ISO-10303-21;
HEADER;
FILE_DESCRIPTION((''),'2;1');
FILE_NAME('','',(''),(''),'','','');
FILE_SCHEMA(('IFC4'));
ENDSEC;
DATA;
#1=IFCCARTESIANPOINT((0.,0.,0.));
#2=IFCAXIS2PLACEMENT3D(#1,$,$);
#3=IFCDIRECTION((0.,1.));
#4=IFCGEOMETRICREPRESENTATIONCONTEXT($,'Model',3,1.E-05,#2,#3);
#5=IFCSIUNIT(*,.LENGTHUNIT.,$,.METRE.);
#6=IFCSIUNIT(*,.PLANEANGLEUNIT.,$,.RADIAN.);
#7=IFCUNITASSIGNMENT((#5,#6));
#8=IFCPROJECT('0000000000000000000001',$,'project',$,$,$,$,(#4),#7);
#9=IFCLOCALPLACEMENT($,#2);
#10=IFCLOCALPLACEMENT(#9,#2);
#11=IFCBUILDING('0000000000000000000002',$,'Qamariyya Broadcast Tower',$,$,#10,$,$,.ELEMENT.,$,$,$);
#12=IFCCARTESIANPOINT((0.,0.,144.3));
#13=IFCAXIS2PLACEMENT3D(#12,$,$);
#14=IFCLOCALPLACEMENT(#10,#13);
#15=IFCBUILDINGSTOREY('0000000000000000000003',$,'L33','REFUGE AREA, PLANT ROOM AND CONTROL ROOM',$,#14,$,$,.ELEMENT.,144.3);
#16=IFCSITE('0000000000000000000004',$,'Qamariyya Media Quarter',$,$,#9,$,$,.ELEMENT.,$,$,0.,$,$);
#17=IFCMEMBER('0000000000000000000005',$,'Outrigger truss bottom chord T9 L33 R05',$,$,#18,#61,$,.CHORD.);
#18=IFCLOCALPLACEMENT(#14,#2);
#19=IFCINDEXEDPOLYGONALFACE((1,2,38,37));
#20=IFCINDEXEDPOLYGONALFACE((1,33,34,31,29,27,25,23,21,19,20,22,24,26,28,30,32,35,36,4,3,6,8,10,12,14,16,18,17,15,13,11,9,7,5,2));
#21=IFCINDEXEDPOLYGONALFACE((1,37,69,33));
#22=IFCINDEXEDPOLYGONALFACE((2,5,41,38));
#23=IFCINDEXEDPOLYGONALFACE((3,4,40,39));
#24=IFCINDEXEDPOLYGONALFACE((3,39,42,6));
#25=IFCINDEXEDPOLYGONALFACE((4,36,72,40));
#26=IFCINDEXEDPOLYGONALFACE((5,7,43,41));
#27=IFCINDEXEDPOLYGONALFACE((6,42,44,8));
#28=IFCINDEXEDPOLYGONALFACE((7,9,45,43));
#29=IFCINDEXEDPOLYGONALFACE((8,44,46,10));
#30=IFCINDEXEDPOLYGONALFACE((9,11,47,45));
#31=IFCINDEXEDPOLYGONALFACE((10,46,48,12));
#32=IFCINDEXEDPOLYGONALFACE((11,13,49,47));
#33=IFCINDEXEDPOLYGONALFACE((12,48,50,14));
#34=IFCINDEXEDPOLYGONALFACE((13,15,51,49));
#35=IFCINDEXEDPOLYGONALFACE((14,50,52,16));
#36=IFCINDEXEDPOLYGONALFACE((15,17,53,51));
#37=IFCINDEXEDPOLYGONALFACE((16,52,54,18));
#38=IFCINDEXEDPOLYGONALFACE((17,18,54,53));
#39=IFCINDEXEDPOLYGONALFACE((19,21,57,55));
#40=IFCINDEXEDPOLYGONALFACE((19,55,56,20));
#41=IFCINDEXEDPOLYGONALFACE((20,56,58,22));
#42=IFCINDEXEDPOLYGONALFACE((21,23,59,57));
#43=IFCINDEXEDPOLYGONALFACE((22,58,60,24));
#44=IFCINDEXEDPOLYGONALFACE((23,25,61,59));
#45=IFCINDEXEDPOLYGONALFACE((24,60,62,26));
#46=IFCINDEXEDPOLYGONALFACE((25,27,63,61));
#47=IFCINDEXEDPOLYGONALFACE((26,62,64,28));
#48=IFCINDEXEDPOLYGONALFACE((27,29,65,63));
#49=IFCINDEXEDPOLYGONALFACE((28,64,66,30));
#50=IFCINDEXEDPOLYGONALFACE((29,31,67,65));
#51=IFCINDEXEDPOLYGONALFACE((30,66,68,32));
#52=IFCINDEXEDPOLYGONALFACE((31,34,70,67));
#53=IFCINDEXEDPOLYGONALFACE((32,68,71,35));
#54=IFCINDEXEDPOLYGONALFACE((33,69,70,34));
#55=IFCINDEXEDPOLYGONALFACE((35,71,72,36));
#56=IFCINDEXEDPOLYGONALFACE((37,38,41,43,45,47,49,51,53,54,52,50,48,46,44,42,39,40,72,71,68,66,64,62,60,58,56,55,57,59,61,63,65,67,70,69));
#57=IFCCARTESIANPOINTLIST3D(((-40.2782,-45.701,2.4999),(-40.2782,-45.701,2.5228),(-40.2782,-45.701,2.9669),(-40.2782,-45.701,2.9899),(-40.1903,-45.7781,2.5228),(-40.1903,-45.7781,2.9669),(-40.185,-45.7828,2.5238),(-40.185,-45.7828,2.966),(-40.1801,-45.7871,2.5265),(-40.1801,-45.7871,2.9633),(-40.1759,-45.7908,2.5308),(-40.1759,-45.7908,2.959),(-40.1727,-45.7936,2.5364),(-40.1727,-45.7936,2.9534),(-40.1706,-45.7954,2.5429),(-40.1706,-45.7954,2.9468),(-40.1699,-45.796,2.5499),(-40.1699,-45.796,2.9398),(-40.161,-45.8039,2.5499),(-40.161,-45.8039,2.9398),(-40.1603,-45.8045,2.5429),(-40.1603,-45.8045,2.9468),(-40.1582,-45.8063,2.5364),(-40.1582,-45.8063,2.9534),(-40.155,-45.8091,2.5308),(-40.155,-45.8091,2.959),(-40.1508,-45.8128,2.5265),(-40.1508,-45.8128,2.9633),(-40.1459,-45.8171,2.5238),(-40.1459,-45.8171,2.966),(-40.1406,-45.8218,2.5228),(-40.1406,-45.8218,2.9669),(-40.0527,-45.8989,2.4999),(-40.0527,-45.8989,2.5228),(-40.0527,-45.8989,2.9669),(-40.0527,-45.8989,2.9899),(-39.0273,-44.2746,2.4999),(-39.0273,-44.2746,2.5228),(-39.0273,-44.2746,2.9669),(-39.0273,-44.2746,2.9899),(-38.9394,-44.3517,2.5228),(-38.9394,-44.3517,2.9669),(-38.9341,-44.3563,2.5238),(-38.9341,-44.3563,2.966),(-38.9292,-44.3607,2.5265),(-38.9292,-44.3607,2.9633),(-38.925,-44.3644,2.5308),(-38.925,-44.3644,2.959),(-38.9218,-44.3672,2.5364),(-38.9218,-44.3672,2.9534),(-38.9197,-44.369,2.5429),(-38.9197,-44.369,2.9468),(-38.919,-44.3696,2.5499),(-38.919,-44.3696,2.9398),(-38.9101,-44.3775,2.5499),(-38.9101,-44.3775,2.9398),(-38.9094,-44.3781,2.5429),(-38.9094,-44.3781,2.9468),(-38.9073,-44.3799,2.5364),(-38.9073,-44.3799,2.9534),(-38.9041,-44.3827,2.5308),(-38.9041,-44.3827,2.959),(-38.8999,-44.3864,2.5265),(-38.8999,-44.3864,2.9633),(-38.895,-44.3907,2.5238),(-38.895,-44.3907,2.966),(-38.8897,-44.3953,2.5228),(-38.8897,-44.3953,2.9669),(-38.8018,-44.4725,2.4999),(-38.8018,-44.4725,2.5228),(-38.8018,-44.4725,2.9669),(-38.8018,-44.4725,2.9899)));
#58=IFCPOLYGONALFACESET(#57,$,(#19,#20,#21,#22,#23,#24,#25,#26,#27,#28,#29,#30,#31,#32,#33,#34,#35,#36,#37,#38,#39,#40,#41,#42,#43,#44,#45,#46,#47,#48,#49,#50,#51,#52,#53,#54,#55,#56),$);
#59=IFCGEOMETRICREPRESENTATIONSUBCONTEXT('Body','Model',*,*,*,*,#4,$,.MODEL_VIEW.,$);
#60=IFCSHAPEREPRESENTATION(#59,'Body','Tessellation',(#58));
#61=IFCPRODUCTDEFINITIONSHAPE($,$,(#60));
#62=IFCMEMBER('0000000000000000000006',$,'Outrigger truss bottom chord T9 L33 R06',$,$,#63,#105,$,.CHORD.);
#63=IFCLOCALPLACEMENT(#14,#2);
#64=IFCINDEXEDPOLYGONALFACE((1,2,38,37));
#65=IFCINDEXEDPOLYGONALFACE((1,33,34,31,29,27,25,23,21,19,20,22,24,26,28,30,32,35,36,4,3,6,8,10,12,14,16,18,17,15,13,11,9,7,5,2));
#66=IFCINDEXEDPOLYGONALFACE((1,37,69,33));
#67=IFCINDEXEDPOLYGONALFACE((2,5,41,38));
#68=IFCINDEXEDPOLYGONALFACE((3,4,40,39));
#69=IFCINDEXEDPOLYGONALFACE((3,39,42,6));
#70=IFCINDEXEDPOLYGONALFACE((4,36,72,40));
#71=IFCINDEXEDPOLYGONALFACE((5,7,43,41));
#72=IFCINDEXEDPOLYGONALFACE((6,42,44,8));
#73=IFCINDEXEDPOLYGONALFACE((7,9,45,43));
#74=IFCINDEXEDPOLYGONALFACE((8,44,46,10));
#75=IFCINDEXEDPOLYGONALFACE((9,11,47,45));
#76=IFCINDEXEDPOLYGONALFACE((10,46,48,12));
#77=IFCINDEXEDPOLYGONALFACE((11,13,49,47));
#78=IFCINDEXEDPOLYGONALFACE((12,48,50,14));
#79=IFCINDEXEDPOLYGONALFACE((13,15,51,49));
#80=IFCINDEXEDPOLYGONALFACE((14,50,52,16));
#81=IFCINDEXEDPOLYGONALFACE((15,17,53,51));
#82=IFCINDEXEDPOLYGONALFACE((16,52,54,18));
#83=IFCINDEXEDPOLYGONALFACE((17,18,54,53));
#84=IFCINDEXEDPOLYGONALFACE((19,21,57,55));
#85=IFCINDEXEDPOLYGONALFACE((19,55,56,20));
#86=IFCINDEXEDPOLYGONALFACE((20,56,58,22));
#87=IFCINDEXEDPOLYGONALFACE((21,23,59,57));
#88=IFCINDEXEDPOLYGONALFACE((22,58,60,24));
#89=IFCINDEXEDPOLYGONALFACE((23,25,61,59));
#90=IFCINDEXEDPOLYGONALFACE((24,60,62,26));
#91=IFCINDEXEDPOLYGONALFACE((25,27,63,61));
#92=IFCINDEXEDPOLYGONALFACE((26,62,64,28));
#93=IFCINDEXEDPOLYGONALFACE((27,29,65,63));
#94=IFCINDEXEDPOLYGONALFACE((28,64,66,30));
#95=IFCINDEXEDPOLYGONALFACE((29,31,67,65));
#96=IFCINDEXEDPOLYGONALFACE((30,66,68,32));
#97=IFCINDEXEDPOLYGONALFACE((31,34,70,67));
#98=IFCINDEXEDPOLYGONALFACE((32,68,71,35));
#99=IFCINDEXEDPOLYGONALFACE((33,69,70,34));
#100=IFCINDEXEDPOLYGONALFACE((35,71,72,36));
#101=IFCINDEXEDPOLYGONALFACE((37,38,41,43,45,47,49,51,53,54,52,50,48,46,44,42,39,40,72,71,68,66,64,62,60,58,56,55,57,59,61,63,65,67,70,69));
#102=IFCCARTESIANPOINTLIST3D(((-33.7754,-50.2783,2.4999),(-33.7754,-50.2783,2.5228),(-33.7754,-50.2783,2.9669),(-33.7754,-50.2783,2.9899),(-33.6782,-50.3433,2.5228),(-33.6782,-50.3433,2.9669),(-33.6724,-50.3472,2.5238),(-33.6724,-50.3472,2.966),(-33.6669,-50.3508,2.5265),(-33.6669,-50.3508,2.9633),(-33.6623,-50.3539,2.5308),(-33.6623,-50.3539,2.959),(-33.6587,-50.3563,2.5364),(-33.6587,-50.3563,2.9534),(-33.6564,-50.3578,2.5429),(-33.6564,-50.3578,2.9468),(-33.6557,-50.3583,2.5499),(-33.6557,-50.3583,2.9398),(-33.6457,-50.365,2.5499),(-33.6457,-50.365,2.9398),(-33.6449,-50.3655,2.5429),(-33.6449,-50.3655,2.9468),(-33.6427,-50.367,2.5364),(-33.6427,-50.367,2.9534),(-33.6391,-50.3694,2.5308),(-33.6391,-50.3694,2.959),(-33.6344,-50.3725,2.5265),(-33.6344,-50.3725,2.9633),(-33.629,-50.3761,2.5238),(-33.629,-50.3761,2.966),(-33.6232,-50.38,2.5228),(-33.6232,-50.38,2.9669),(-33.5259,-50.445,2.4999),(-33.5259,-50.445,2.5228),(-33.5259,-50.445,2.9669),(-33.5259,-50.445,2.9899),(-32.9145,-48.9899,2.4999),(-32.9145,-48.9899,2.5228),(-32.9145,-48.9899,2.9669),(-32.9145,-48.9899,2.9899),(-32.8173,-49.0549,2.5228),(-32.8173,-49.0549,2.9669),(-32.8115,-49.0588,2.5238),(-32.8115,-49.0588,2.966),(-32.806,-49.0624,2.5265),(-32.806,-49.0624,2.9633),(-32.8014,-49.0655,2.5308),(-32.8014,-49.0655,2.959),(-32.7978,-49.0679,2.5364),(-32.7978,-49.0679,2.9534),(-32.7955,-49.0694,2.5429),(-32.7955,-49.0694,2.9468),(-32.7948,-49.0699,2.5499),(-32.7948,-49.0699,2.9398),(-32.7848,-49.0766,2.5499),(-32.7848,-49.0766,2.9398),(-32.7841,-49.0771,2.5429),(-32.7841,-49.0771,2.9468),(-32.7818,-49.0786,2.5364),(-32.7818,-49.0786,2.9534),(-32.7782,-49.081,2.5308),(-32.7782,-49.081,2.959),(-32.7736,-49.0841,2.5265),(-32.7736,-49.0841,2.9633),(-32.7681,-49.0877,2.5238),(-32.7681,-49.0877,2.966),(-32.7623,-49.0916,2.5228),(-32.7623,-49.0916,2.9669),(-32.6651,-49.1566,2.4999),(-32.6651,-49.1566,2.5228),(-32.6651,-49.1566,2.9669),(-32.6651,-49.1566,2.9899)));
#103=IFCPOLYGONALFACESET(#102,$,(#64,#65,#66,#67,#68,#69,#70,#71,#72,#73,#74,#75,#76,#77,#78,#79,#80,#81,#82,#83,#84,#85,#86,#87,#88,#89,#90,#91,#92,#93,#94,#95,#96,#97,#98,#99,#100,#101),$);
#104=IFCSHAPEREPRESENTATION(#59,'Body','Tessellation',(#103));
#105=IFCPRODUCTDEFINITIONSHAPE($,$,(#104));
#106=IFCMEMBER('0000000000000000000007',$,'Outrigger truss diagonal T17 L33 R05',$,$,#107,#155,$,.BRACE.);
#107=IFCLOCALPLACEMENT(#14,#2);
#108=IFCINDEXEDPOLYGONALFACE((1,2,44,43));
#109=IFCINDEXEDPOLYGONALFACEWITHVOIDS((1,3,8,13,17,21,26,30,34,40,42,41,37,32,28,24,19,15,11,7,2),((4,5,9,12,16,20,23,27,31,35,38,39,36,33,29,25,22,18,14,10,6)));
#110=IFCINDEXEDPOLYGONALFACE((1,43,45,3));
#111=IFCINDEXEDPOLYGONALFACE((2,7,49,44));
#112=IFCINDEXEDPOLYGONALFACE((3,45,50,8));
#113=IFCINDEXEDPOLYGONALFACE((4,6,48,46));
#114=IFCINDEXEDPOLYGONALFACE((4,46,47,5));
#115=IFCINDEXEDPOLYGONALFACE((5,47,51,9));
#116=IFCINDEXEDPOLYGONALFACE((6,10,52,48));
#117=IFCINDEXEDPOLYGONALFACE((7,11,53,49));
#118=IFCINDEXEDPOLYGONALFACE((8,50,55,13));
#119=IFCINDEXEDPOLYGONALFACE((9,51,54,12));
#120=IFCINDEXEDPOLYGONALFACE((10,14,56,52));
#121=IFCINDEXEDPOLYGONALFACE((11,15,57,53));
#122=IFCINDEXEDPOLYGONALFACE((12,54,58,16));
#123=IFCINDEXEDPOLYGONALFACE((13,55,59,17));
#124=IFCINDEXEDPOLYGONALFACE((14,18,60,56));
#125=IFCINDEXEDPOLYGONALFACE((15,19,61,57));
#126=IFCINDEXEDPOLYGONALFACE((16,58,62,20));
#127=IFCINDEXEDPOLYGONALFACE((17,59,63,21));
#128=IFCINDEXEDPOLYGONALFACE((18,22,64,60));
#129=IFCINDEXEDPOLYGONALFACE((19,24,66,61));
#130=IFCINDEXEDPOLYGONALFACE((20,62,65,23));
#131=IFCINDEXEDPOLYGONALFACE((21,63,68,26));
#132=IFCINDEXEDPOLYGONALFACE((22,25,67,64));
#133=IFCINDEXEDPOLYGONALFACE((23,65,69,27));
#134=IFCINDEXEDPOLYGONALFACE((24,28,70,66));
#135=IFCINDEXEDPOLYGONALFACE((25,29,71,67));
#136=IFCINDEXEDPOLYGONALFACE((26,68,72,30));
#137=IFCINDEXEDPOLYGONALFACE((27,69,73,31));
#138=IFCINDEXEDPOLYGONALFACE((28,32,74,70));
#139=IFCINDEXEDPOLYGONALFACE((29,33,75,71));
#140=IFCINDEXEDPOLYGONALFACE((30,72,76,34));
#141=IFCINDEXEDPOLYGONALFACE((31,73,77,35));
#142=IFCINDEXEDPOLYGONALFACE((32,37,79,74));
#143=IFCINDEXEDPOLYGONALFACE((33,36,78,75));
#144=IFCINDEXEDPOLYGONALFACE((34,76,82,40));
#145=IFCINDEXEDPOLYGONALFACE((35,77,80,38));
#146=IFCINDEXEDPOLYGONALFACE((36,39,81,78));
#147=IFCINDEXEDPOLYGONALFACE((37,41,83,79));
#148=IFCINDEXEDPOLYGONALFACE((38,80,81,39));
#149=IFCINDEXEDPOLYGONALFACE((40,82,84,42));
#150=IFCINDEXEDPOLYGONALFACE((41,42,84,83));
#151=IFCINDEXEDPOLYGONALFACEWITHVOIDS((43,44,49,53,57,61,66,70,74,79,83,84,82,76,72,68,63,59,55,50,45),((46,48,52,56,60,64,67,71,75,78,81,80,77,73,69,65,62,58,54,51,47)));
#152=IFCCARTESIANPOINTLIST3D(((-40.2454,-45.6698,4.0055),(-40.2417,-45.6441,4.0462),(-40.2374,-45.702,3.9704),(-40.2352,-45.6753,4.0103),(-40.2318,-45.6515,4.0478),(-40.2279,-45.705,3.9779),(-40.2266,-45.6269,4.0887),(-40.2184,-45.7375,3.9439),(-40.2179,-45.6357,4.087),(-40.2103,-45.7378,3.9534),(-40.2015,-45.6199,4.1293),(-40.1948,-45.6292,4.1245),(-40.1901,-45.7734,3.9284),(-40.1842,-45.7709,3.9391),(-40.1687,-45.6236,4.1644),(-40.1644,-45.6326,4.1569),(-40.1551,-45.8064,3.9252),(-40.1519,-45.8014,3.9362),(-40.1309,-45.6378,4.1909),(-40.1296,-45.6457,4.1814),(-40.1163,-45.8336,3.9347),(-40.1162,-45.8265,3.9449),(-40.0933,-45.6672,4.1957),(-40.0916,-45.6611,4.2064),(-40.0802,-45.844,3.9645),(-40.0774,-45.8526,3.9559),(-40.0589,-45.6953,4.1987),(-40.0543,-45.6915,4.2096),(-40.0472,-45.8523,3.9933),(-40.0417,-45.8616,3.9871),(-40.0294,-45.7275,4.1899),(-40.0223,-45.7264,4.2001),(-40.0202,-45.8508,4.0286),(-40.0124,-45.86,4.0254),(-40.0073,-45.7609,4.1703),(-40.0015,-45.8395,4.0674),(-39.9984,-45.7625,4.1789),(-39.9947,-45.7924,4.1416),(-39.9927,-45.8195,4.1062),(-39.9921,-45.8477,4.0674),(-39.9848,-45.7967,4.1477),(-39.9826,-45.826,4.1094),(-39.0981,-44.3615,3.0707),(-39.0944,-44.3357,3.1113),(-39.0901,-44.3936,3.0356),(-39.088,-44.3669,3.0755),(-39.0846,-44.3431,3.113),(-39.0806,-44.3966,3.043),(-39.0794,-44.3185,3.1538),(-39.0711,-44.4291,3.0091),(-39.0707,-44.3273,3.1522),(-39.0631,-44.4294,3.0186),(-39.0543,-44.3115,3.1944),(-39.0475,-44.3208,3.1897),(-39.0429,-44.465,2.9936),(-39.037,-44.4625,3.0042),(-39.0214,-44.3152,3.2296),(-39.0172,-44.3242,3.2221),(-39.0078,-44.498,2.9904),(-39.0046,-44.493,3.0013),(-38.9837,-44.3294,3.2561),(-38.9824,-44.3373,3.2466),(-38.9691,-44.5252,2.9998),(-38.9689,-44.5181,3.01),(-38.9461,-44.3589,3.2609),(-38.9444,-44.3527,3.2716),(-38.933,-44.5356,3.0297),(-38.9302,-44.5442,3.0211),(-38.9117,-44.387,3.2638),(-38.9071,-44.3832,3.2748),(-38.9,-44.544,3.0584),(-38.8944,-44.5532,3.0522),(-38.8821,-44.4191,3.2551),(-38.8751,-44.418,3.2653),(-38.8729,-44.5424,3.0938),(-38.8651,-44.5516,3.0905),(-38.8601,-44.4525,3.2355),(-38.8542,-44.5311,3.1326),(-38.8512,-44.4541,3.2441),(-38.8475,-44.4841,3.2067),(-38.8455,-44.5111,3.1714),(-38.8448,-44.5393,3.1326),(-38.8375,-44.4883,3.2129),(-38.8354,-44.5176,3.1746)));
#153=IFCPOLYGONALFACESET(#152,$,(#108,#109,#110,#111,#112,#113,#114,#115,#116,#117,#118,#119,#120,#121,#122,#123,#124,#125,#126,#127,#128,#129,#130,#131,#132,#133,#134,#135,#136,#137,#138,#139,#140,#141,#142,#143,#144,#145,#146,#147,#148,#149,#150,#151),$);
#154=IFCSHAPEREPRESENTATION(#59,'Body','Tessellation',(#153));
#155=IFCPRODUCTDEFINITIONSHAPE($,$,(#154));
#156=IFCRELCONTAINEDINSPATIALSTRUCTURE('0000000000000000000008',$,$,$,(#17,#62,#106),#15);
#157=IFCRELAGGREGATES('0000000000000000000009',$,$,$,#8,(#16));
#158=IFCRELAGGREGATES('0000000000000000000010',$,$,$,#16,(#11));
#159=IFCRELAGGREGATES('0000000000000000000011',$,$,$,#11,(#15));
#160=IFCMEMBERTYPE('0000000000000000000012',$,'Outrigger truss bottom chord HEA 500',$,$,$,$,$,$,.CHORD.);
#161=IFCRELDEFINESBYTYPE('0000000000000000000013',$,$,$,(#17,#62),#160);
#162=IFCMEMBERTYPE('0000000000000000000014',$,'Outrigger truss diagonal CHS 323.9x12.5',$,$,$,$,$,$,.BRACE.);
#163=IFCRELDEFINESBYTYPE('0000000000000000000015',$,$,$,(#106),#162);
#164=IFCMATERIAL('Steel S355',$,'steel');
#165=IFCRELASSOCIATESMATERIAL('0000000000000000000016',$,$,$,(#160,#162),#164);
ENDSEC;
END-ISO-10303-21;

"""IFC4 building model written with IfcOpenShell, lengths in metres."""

from ifc_helpers import new_model, si_unit, direction, frame, origin, origin_2d, place, context, subcontext, project, spatial, hollow_circle, i_section, extrude, material, material_profile, profile_set, type_object, element, save


model = new_model("IFC4")

# Units and contexts
model_context = context("Model", 3, precision=1e-05, world=origin(), true_north=direction((0.0, 1.0)))
body_context = subcontext(model_context, "Body", "Model", "MODEL_VIEW")
ifc_project = project(units=[si_unit("LENGTHUNIT", "METRE"), si_unit("PLANEANGLEUNIT", "RADIAN")], contexts=[model_context])

# Site, building, storey
site_placement = place(None, origin())
site = spatial("IfcSite", under=ifc_project, at=site_placement, Name="Qamariyya Media Quarter", CompositionType="ELEMENT", RefElevation=0.0)
building_placement = place(site_placement, origin())
building = spatial("IfcBuilding", under=site, at=building_placement, Name="Qamariyya Broadcast Tower", CompositionType="ELEMENT")
storey_placement = place(building_placement, frame((0.0, 0.0, 144.3)))
storey = spatial("IfcBuildingStorey", under=building, at=storey_placement, Name="L33", Description="REFUGE AREA, PLANT ROOM AND CONTROL ROOM", CompositionType="ELEMENT", Elevation=144.3)

# Members
ifc_material_1 = material(Name="Steel S355", Category="steel")
ifc_material_profile_1 = material_profile(ifc_material_1, i_section(OverallWidth=0.3, OverallDepth=0.49, WebThickness=0.012, FlangeThickness=0.0229, FilletRadius=0.0271, at=origin_2d()))
ifc_profile_set_1 = profile_set([ifc_material_profile_1], Name="Steel S355")
member_type_1 = type_object("IfcMemberType", Name="Outrigger truss bottom chord HEA 500", PredefinedType="CHORD", material=ifc_profile_set_1)
member_1_placement = place(storey_placement, frame((-38.9146, -44.3735, 2.7449), z_axis=(-0.659333, -0.751851, 0.0), x_axis=(0.751851, -0.659333, 0.0)))
element("IfcMember", 1, at=member_1_placement, inside=storey, type_object=member_type_1, Name="Outrigger truss bottom chord T9 L33 R05", PredefinedType="CHORD", context=body_context, shape_type="SweptSolid", body=[
    extrude(i_section(OverallWidth=0.3, OverallDepth=0.49, WebThickness=0.012, FlangeThickness=0.0229, FilletRadius=0.0271, at=origin_2d()), origin(), (0.0, 0.0, 1.0), 1.8972),
])
member_2_placement = place(storey_placement, frame((-32.7898, -49.0732, 2.7449), z_axis=(-0.555573, -0.831468, 0.0), x_axis=(0.831468, -0.555573, 0.0)))
element("IfcMember", 2, at=member_2_placement, inside=storey, type_object=member_type_1, Name="Outrigger truss bottom chord T9 L33 R06", PredefinedType="CHORD", context=body_context, shape_type="SweptSolid", body=[
    extrude(i_section(OverallWidth=0.3, OverallDepth=0.49, WebThickness=0.012, FlangeThickness=0.0229, FilletRadius=0.0271, at=origin_2d()), origin(), (0.0, 0.0, 1.0), 1.5496),
])
ifc_material_profile_2 = material_profile(ifc_material_1, hollow_circle(Radius=0.1619, WallThickness=0.0125, at=origin_2d()))
ifc_profile_set_2 = profile_set([ifc_material_profile_2], Name="Steel S355")
member_type_2 = type_object("IfcMemberType", Name="Outrigger truss diagonal CHS 323.9x12.5", PredefinedType="BRACE", material=ifc_profile_set_2)
member_3_placement = place(storey_placement, frame((-38.9666, -44.4326, 3.1326), z_axis=(-0.580785, -0.662359, 0.473255), x_axis=(0.75189, -0.659289, 0.0)))
element("IfcMember", 3, at=member_3_placement, inside=storey, type_object=member_type_2, Name="Outrigger truss diagonal T17 L33 R05", PredefinedType="BRACE", context=body_context, shape_type="SweptSolid", body=[
    extrude(hollow_circle(Radius=0.1619, WallThickness=0.0125, at=origin_2d()), origin(), (0.0, 0.0, 1.0), 1.9753),
])

save(model, "model.ifc")
